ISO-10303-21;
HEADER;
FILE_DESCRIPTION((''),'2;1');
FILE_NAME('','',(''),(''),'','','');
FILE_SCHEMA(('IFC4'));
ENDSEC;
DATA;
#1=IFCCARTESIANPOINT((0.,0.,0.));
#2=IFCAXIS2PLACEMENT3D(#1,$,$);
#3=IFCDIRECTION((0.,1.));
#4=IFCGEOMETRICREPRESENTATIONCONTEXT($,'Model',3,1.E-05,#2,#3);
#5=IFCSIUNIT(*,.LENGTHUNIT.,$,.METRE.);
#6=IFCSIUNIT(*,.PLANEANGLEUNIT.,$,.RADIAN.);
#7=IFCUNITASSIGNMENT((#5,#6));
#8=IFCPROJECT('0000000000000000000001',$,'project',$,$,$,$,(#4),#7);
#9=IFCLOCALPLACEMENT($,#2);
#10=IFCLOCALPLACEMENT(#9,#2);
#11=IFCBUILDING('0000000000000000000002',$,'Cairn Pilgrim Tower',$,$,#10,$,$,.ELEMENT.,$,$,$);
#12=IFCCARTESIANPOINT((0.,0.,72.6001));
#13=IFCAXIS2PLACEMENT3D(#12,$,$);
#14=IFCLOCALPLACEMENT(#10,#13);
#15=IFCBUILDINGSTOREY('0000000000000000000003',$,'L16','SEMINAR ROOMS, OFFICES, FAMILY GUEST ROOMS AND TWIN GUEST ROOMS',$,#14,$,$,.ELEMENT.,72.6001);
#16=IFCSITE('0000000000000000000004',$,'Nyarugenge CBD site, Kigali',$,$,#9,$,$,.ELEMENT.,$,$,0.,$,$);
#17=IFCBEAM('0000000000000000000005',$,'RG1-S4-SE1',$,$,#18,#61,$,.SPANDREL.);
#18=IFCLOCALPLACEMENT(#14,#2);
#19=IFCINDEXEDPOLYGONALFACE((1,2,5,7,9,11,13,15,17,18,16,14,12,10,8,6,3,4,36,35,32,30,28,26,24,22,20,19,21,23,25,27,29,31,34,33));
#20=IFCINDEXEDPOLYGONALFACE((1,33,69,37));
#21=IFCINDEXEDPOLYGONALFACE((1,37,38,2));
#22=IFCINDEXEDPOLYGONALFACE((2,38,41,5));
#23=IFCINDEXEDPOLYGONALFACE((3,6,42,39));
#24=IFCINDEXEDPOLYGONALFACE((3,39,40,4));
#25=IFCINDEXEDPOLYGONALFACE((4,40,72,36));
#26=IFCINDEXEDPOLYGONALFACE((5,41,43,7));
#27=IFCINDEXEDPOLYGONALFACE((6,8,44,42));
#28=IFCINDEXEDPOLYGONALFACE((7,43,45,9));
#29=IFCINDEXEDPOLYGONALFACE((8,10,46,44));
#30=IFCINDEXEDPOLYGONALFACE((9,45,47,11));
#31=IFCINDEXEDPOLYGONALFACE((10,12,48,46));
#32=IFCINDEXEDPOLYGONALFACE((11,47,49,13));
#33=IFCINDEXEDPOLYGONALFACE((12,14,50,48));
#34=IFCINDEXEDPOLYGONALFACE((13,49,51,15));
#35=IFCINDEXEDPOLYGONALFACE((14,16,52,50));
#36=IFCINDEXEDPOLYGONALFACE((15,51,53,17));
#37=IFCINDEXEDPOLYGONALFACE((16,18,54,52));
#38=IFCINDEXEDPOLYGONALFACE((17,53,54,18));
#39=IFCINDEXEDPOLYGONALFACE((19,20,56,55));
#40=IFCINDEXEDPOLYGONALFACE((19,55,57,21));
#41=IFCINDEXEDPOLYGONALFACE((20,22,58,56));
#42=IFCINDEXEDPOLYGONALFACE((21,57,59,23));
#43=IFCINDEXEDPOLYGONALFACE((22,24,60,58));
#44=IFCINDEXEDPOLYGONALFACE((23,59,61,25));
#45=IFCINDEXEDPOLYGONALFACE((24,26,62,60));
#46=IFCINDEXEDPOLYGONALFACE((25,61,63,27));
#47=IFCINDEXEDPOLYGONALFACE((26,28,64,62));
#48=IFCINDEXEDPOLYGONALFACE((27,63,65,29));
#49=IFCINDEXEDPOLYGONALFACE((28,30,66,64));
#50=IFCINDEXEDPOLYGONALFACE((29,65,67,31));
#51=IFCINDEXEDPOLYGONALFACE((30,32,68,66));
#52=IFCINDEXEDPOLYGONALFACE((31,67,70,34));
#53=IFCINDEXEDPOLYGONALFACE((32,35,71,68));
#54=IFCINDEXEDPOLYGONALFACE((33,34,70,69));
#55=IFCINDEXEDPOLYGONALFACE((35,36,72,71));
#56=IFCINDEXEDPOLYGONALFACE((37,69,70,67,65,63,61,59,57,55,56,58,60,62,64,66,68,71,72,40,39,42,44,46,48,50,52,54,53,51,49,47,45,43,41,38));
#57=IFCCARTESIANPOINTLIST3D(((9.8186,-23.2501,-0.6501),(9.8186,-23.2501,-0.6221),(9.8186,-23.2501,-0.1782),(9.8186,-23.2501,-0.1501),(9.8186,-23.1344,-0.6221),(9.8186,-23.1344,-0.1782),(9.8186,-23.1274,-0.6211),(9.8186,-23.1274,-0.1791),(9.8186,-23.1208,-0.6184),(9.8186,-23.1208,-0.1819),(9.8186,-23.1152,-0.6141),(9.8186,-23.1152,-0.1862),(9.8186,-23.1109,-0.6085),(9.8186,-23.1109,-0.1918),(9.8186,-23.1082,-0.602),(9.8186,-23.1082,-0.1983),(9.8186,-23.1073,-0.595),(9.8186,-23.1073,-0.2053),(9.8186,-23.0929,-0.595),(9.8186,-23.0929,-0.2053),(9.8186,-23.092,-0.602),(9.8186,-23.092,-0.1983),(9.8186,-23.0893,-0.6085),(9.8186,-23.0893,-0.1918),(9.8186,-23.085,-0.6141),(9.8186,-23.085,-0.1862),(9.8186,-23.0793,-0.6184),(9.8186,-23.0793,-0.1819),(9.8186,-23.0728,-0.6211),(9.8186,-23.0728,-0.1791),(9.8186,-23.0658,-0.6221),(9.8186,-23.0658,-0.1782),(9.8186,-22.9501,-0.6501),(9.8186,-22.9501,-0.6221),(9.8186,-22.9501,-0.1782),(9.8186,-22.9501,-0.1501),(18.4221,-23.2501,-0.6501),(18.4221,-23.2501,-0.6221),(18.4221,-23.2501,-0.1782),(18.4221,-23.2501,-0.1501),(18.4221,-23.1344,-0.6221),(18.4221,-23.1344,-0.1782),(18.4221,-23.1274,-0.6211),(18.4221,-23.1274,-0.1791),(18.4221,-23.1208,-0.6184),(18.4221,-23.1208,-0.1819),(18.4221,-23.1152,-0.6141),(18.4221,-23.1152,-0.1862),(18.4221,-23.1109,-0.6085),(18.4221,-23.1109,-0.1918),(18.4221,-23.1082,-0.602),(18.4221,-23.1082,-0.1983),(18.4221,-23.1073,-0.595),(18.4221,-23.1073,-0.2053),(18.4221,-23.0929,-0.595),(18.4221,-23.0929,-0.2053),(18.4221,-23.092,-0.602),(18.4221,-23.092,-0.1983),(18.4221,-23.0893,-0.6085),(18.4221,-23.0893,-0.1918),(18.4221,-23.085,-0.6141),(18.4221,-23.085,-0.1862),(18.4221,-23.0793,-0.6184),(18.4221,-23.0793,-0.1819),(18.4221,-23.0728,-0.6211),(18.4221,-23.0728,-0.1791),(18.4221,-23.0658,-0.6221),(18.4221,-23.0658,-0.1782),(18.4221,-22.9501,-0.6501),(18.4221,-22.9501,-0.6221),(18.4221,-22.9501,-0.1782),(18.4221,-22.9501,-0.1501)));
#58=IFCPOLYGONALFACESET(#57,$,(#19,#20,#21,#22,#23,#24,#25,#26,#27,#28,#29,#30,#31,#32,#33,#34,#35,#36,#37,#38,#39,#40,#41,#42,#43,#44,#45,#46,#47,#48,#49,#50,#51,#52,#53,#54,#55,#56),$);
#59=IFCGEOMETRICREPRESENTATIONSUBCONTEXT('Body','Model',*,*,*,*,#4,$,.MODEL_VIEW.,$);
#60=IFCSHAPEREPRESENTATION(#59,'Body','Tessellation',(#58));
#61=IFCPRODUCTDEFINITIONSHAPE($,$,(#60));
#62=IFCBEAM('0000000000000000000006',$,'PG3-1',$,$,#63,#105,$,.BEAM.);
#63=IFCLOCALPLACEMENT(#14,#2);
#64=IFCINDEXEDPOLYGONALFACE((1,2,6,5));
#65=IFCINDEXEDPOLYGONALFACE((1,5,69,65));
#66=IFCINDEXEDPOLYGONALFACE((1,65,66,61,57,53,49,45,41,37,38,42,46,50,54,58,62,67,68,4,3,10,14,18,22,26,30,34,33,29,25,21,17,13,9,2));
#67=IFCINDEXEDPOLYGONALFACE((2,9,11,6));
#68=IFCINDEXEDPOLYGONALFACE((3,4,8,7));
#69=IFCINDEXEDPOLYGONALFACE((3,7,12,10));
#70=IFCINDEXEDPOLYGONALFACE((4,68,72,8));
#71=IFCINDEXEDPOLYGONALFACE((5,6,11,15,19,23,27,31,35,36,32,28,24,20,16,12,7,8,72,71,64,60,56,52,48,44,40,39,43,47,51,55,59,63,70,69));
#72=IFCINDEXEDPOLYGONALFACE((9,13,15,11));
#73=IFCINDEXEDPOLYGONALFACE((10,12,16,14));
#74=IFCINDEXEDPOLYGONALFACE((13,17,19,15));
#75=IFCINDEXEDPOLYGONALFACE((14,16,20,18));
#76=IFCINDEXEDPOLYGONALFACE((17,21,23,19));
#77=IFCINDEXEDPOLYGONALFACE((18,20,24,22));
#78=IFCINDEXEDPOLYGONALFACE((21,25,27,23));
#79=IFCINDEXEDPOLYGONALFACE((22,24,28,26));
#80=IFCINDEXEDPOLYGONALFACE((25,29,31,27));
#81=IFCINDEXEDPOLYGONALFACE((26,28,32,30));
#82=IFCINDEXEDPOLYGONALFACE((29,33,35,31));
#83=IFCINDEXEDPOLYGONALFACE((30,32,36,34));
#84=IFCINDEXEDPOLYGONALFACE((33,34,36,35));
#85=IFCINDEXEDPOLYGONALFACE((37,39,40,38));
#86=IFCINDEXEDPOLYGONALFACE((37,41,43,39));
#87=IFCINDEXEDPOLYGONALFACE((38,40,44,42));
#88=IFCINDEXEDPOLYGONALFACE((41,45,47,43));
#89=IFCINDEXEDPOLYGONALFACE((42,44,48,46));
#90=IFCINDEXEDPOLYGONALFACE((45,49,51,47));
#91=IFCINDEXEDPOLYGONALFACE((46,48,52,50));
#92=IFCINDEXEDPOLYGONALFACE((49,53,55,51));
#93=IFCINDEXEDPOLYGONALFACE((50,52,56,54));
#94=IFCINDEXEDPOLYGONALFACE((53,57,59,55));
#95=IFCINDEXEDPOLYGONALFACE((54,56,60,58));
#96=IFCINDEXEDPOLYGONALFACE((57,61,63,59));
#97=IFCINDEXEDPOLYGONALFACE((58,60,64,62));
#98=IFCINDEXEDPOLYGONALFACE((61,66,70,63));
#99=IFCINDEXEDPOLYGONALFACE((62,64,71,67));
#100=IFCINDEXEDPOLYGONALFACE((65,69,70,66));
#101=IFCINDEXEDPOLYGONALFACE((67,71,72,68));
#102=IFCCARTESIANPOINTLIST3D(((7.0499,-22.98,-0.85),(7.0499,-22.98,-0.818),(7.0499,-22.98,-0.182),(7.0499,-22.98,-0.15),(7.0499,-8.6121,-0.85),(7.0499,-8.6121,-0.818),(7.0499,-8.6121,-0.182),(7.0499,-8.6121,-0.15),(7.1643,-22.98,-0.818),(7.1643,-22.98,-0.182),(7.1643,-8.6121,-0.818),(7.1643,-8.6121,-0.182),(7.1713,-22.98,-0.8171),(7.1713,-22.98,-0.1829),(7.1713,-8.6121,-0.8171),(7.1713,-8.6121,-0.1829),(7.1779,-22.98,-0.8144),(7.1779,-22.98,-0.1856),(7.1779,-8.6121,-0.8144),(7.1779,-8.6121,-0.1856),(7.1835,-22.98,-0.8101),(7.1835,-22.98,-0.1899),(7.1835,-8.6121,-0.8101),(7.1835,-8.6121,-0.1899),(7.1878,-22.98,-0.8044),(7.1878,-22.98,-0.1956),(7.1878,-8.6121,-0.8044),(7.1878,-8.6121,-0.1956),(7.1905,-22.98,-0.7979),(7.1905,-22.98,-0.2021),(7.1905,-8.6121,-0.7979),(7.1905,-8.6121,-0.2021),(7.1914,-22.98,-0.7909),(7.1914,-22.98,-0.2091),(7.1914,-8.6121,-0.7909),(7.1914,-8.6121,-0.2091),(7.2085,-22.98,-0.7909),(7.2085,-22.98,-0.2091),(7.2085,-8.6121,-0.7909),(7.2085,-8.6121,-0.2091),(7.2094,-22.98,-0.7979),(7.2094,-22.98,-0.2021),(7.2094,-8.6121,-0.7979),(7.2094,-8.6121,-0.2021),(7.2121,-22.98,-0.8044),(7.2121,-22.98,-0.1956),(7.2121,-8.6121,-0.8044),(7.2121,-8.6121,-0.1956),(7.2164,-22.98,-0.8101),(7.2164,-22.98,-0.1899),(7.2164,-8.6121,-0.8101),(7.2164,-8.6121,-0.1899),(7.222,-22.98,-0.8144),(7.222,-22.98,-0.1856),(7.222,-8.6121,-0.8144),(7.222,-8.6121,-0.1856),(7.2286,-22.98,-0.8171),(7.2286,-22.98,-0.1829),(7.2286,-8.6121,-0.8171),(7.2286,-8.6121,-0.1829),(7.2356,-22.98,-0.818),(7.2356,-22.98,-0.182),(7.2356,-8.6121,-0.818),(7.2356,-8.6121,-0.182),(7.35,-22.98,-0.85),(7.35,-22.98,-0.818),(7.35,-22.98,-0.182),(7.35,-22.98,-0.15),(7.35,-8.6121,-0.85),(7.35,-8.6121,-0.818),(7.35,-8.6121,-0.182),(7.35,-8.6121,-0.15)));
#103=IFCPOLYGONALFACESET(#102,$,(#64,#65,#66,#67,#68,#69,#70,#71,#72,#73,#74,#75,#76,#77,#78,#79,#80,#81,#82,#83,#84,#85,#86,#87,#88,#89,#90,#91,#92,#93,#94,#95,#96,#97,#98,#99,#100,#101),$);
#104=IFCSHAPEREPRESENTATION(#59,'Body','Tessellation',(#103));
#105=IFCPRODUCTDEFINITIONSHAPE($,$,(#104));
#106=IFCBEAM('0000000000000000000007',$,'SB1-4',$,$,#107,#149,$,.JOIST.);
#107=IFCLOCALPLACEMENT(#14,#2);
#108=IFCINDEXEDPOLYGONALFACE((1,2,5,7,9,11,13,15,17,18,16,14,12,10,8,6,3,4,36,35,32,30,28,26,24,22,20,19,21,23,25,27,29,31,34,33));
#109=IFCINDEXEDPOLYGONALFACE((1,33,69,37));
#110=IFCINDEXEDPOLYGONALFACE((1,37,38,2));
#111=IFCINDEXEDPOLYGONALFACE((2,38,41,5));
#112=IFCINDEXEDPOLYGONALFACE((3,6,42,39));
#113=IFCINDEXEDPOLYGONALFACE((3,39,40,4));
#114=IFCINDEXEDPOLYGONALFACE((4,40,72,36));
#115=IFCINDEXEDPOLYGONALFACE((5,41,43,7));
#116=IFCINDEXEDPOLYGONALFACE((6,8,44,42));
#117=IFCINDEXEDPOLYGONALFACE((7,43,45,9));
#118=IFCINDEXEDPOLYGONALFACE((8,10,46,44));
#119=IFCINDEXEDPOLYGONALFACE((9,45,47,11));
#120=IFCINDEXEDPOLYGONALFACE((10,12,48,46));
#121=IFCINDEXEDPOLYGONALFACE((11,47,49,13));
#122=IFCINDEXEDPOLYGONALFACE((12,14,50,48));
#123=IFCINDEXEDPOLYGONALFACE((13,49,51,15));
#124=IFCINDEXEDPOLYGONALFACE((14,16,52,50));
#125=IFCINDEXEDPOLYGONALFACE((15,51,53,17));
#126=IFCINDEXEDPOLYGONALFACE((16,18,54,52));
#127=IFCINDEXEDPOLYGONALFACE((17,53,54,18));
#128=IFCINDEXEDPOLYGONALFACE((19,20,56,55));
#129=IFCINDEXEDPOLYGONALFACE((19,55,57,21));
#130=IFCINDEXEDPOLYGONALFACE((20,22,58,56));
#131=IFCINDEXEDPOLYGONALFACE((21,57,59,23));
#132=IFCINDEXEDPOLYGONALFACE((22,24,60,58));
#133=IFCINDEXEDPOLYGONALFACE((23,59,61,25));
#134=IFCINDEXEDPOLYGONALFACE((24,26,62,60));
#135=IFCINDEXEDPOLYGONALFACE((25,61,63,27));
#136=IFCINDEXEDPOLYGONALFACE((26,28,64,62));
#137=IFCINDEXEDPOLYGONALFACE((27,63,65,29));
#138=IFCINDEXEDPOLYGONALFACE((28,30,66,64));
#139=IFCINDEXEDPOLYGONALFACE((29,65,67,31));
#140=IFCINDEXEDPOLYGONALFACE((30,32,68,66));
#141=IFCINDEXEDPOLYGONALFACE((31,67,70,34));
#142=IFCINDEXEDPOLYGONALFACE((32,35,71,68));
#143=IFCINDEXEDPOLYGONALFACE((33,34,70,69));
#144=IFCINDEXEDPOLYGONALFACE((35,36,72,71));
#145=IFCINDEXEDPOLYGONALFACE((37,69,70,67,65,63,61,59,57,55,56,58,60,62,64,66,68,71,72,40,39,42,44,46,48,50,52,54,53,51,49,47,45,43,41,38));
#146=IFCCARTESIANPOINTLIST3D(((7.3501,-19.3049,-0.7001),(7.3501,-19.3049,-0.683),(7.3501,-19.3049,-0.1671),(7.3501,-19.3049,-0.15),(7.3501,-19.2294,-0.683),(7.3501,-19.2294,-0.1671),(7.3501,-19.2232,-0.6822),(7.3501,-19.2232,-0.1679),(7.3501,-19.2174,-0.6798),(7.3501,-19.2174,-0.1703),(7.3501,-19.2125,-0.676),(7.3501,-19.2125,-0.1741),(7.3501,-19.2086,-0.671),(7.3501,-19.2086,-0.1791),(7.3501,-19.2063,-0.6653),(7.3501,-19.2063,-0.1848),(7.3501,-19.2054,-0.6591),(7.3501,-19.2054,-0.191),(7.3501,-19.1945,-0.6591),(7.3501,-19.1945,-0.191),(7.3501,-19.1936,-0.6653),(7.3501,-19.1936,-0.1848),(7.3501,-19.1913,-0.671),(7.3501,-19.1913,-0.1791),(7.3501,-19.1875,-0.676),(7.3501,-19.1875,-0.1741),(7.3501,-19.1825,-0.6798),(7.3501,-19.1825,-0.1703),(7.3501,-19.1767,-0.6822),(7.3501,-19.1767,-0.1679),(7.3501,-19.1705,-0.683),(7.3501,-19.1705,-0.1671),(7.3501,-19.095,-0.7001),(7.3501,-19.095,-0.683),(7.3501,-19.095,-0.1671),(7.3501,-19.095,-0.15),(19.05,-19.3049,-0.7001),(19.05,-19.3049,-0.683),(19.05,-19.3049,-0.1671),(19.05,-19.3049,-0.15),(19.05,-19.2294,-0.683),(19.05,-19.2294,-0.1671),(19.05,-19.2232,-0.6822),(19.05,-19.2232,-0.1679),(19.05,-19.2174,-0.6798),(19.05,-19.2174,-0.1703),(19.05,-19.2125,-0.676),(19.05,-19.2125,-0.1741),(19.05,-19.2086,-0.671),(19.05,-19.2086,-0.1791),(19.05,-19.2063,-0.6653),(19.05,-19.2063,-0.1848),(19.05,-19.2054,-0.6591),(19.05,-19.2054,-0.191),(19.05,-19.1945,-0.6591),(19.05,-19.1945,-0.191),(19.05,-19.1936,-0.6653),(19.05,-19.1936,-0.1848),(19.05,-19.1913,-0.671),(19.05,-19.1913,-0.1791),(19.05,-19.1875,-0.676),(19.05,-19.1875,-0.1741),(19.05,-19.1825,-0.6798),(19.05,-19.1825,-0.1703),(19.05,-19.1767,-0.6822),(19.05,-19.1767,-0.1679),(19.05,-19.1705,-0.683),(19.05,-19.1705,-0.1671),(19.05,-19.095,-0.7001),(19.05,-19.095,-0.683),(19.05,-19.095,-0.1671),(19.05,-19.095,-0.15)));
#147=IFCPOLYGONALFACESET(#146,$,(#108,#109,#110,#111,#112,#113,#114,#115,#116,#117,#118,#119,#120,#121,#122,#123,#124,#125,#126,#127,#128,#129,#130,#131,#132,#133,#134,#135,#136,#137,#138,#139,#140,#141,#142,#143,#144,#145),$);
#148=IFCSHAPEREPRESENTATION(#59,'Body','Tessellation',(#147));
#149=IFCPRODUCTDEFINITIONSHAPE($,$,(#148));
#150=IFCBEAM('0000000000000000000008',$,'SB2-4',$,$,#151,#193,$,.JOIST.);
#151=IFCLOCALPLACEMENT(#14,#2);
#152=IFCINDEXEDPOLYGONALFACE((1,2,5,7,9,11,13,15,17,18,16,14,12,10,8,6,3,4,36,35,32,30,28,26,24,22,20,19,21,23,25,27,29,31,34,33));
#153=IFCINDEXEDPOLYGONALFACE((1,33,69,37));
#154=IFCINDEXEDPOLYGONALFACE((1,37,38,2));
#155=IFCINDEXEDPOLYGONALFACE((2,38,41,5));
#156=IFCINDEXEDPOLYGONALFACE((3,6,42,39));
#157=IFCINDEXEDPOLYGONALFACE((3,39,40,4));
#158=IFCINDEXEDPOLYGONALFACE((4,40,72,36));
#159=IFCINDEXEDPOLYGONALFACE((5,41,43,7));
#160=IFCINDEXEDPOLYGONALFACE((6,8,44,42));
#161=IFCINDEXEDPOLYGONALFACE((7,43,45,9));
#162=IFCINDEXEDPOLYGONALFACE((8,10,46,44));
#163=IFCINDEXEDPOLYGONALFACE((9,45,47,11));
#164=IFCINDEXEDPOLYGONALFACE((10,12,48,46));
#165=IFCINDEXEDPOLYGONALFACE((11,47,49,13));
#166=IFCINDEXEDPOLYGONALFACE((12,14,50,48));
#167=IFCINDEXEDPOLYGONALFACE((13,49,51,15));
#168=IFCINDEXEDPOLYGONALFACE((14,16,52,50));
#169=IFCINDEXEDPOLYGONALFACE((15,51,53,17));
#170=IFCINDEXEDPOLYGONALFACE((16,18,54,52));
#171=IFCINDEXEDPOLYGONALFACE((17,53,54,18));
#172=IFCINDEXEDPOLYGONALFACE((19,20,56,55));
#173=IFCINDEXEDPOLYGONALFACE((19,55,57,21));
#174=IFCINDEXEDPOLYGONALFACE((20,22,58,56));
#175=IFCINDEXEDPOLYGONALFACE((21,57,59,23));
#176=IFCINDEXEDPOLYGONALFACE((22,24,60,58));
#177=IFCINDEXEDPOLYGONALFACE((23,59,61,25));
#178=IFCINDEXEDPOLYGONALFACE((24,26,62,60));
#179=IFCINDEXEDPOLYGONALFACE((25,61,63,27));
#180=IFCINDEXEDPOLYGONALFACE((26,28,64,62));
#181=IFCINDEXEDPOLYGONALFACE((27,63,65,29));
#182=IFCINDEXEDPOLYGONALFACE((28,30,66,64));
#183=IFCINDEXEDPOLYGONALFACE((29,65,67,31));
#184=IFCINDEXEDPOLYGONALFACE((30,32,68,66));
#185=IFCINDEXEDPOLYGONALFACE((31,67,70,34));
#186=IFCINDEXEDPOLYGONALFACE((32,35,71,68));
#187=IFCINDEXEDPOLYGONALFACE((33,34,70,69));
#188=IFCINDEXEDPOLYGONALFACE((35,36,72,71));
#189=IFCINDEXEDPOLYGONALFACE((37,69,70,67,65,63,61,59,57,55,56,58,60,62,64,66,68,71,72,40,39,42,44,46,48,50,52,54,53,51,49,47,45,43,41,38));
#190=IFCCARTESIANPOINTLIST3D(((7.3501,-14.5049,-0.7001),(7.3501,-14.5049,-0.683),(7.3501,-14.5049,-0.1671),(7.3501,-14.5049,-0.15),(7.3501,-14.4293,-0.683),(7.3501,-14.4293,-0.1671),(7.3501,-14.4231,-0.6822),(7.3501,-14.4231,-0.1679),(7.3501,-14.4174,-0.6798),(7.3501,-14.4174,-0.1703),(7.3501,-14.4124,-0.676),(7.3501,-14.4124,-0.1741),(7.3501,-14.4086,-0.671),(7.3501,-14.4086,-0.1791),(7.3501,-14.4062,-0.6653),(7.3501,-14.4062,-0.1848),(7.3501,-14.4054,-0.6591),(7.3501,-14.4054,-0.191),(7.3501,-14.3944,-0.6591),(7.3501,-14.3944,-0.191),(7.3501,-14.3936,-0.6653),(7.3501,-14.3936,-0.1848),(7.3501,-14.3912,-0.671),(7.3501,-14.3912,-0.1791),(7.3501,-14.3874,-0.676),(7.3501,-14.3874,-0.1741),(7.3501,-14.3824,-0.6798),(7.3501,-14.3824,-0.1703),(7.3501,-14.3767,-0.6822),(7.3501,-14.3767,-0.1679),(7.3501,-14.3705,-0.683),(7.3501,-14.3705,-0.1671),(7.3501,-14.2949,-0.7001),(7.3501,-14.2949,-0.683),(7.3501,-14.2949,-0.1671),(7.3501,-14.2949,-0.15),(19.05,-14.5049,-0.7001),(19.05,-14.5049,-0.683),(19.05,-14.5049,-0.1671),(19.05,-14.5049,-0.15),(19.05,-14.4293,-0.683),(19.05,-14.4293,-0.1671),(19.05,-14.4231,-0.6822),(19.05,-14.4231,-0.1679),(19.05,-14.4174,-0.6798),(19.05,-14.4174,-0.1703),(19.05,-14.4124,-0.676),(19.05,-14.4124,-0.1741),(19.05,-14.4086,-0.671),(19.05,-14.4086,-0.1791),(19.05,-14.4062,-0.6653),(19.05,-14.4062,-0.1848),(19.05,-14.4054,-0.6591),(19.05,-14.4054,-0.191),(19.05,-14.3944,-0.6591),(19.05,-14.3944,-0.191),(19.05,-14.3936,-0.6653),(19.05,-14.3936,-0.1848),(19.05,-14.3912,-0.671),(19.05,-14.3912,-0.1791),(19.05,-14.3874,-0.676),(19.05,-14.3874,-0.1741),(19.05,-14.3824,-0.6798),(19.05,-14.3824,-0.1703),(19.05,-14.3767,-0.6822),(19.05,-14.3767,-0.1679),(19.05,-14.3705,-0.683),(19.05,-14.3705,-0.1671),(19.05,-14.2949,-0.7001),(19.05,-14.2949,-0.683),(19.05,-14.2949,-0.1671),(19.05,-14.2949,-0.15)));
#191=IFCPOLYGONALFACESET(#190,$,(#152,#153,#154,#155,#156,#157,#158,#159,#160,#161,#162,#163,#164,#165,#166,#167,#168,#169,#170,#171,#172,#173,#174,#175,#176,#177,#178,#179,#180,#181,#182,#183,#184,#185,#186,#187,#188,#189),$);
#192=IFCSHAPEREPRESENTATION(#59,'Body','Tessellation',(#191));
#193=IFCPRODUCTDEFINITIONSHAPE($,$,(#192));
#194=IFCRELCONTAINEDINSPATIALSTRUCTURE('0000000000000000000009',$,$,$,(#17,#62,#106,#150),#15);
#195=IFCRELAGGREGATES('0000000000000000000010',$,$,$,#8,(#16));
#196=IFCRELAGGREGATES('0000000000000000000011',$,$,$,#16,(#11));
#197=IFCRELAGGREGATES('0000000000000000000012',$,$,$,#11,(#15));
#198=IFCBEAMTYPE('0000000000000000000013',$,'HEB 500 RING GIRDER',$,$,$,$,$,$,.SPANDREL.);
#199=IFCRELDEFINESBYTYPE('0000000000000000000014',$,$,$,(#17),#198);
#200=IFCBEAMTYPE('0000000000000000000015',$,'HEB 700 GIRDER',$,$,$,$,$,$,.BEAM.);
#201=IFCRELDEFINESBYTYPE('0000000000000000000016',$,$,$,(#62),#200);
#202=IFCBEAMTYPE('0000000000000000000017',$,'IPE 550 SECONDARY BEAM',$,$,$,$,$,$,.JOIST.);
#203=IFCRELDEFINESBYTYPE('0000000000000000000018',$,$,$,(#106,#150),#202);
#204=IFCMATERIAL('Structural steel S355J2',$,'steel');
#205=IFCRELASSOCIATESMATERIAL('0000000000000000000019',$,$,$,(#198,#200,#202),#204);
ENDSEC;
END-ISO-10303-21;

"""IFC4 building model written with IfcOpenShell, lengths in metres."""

from ifc_helpers import new_model, si_unit, direction, frame, origin, origin_2d, place, context, subcontext, project, spatial, i_section, extrude, material, material_profile, profile_set, type_object, element, save


model = new_model("IFC4")

# Units and contexts
model_context = context("Model", 3, precision=1e-05, world=origin(), true_north=direction((0.0, 1.0)))
body_context = subcontext(model_context, "Body", "Model", "MODEL_VIEW")
ifc_project = project(units=[si_unit("LENGTHUNIT", "METRE"), si_unit("PLANEANGLEUNIT", "RADIAN")], contexts=[model_context])

# Site, building, storey
site_placement = place(None, origin())
site = spatial("IfcSite", under=ifc_project, at=site_placement, Name="Nyarugenge CBD site, Kigali", CompositionType="ELEMENT", RefElevation=0.0)
building_placement = place(site_placement, origin())
building = spatial("IfcBuilding", under=site, at=building_placement, Name="Cairn Pilgrim Tower", CompositionType="ELEMENT")
storey_placement = place(building_placement, frame((0.0, 0.0, 72.6001)))
storey = spatial("IfcBuildingStorey", under=building, at=storey_placement, Name="L16", Description="SEMINAR ROOMS, OFFICES, FAMILY GUEST ROOMS AND TWIN GUEST ROOMS", CompositionType="ELEMENT", Elevation=72.6001)

# Beams
ifc_material_1 = material(Name="Structural steel S355J2", Category="steel")
ifc_material_profile_1 = material_profile(ifc_material_1, i_section(OverallWidth=0.3, OverallDepth=0.5, WebThickness=0.0144, FlangeThickness=0.0281, FilletRadius=0.0271, at=origin_2d()), Name="HEB 500")
ifc_profile_set_1 = profile_set([ifc_material_profile_1], Name="Structural steel S355J2")
beam_type_1 = type_object("IfcBeamType", Name="HEB 500 RING GIRDER", PredefinedType="SPANDREL", material=ifc_profile_set_1)
for number, where, z_axis, x_axis, name in (
    (1, (9.8186, -23.1001, -0.4001), (1.0, 0.0, 0.0), (0.0, 1.0, 0.0), "RG1-S4-SE1"),
):
    element("IfcBeam", number, at=place(storey_placement, frame(where, z_axis=z_axis, x_axis=x_axis)), inside=storey, type_object=beam_type_1, Name=name, PredefinedType="SPANDREL", context=body_context, shape_type="SweptSolid", body=[
        extrude(i_section(OverallWidth=0.3, OverallDepth=0.5, WebThickness=0.0144, FlangeThickness=0.0281, FilletRadius=0.0271, at=origin_2d()), origin(), (0.0, 0.0, 1.0), 8.6035),
    ])
ifc_material_profile_2 = material_profile(ifc_material_1, i_section(OverallWidth=0.3, OverallDepth=0.7, WebThickness=0.0171, FlangeThickness=0.032, FilletRadius=0.0271, at=origin_2d()), Name="HEB 700")
ifc_profile_set_2 = profile_set([ifc_material_profile_2], Name="Structural steel S355J2")
beam_type_2 = type_object("IfcBeamType", Name="HEB 700 GIRDER", PredefinedType="BEAM", material=ifc_profile_set_2)
beam_placement = place(storey_placement, frame((7.2, -22.98, -0.5), z_axis=(0.0, 1.0, 0.0), x_axis=(-1.0, 0.0, 0.0)))
element("IfcBeam", 2, at=beam_placement, inside=storey, type_object=beam_type_2, Name="PG3-1", PredefinedType="BEAM", context=body_context, shape_type="SweptSolid", body=[
    extrude(i_section(OverallWidth=0.3, OverallDepth=0.7, WebThickness=0.0171, FlangeThickness=0.032, FilletRadius=0.0271, at=origin_2d()), origin(), (0.0, 0.0, 1.0), 14.3679),
])
ifc_material_profile_3 = material_profile(ifc_material_1, i_section(OverallWidth=0.21, OverallDepth=0.55, WebThickness=0.011, FlangeThickness=0.0171, FilletRadius=0.0239, at=origin_2d()), Name="IPE 550")
ifc_profile_set_3 = profile_set([ifc_material_profile_3], Name="Structural steel S355J2")
beam_type_3 = type_object("IfcBeamType", Name="IPE 550 SECONDARY BEAM", PredefinedType="JOIST", material=ifc_profile_set_3)
for number, where, z_axis, x_axis, name in (
    (3, (7.3501, -19.2, -0.425), (1.0, 0.0, 0.0), (0.0, 1.0, 0.0), "SB1-4"),
    (4, (7.3501, -14.3999, -0.425), (1.0, 0.0, 0.0), (0.0, 1.0, 0.0), "SB2-4"),
):
    element("IfcBeam", number, at=place(storey_placement, frame(where, z_axis=z_axis, x_axis=x_axis)), inside=storey, type_object=beam_type_3, Name=name, PredefinedType="JOIST", context=body_context, shape_type="SweptSolid", body=[
        extrude(i_section(OverallWidth=0.21, OverallDepth=0.55, WebThickness=0.011, FlangeThickness=0.0171, FilletRadius=0.0239, at=origin_2d()), origin(), (0.0, 0.0, 1.0), 11.7),
    ])

save(model, "model.ifc")
